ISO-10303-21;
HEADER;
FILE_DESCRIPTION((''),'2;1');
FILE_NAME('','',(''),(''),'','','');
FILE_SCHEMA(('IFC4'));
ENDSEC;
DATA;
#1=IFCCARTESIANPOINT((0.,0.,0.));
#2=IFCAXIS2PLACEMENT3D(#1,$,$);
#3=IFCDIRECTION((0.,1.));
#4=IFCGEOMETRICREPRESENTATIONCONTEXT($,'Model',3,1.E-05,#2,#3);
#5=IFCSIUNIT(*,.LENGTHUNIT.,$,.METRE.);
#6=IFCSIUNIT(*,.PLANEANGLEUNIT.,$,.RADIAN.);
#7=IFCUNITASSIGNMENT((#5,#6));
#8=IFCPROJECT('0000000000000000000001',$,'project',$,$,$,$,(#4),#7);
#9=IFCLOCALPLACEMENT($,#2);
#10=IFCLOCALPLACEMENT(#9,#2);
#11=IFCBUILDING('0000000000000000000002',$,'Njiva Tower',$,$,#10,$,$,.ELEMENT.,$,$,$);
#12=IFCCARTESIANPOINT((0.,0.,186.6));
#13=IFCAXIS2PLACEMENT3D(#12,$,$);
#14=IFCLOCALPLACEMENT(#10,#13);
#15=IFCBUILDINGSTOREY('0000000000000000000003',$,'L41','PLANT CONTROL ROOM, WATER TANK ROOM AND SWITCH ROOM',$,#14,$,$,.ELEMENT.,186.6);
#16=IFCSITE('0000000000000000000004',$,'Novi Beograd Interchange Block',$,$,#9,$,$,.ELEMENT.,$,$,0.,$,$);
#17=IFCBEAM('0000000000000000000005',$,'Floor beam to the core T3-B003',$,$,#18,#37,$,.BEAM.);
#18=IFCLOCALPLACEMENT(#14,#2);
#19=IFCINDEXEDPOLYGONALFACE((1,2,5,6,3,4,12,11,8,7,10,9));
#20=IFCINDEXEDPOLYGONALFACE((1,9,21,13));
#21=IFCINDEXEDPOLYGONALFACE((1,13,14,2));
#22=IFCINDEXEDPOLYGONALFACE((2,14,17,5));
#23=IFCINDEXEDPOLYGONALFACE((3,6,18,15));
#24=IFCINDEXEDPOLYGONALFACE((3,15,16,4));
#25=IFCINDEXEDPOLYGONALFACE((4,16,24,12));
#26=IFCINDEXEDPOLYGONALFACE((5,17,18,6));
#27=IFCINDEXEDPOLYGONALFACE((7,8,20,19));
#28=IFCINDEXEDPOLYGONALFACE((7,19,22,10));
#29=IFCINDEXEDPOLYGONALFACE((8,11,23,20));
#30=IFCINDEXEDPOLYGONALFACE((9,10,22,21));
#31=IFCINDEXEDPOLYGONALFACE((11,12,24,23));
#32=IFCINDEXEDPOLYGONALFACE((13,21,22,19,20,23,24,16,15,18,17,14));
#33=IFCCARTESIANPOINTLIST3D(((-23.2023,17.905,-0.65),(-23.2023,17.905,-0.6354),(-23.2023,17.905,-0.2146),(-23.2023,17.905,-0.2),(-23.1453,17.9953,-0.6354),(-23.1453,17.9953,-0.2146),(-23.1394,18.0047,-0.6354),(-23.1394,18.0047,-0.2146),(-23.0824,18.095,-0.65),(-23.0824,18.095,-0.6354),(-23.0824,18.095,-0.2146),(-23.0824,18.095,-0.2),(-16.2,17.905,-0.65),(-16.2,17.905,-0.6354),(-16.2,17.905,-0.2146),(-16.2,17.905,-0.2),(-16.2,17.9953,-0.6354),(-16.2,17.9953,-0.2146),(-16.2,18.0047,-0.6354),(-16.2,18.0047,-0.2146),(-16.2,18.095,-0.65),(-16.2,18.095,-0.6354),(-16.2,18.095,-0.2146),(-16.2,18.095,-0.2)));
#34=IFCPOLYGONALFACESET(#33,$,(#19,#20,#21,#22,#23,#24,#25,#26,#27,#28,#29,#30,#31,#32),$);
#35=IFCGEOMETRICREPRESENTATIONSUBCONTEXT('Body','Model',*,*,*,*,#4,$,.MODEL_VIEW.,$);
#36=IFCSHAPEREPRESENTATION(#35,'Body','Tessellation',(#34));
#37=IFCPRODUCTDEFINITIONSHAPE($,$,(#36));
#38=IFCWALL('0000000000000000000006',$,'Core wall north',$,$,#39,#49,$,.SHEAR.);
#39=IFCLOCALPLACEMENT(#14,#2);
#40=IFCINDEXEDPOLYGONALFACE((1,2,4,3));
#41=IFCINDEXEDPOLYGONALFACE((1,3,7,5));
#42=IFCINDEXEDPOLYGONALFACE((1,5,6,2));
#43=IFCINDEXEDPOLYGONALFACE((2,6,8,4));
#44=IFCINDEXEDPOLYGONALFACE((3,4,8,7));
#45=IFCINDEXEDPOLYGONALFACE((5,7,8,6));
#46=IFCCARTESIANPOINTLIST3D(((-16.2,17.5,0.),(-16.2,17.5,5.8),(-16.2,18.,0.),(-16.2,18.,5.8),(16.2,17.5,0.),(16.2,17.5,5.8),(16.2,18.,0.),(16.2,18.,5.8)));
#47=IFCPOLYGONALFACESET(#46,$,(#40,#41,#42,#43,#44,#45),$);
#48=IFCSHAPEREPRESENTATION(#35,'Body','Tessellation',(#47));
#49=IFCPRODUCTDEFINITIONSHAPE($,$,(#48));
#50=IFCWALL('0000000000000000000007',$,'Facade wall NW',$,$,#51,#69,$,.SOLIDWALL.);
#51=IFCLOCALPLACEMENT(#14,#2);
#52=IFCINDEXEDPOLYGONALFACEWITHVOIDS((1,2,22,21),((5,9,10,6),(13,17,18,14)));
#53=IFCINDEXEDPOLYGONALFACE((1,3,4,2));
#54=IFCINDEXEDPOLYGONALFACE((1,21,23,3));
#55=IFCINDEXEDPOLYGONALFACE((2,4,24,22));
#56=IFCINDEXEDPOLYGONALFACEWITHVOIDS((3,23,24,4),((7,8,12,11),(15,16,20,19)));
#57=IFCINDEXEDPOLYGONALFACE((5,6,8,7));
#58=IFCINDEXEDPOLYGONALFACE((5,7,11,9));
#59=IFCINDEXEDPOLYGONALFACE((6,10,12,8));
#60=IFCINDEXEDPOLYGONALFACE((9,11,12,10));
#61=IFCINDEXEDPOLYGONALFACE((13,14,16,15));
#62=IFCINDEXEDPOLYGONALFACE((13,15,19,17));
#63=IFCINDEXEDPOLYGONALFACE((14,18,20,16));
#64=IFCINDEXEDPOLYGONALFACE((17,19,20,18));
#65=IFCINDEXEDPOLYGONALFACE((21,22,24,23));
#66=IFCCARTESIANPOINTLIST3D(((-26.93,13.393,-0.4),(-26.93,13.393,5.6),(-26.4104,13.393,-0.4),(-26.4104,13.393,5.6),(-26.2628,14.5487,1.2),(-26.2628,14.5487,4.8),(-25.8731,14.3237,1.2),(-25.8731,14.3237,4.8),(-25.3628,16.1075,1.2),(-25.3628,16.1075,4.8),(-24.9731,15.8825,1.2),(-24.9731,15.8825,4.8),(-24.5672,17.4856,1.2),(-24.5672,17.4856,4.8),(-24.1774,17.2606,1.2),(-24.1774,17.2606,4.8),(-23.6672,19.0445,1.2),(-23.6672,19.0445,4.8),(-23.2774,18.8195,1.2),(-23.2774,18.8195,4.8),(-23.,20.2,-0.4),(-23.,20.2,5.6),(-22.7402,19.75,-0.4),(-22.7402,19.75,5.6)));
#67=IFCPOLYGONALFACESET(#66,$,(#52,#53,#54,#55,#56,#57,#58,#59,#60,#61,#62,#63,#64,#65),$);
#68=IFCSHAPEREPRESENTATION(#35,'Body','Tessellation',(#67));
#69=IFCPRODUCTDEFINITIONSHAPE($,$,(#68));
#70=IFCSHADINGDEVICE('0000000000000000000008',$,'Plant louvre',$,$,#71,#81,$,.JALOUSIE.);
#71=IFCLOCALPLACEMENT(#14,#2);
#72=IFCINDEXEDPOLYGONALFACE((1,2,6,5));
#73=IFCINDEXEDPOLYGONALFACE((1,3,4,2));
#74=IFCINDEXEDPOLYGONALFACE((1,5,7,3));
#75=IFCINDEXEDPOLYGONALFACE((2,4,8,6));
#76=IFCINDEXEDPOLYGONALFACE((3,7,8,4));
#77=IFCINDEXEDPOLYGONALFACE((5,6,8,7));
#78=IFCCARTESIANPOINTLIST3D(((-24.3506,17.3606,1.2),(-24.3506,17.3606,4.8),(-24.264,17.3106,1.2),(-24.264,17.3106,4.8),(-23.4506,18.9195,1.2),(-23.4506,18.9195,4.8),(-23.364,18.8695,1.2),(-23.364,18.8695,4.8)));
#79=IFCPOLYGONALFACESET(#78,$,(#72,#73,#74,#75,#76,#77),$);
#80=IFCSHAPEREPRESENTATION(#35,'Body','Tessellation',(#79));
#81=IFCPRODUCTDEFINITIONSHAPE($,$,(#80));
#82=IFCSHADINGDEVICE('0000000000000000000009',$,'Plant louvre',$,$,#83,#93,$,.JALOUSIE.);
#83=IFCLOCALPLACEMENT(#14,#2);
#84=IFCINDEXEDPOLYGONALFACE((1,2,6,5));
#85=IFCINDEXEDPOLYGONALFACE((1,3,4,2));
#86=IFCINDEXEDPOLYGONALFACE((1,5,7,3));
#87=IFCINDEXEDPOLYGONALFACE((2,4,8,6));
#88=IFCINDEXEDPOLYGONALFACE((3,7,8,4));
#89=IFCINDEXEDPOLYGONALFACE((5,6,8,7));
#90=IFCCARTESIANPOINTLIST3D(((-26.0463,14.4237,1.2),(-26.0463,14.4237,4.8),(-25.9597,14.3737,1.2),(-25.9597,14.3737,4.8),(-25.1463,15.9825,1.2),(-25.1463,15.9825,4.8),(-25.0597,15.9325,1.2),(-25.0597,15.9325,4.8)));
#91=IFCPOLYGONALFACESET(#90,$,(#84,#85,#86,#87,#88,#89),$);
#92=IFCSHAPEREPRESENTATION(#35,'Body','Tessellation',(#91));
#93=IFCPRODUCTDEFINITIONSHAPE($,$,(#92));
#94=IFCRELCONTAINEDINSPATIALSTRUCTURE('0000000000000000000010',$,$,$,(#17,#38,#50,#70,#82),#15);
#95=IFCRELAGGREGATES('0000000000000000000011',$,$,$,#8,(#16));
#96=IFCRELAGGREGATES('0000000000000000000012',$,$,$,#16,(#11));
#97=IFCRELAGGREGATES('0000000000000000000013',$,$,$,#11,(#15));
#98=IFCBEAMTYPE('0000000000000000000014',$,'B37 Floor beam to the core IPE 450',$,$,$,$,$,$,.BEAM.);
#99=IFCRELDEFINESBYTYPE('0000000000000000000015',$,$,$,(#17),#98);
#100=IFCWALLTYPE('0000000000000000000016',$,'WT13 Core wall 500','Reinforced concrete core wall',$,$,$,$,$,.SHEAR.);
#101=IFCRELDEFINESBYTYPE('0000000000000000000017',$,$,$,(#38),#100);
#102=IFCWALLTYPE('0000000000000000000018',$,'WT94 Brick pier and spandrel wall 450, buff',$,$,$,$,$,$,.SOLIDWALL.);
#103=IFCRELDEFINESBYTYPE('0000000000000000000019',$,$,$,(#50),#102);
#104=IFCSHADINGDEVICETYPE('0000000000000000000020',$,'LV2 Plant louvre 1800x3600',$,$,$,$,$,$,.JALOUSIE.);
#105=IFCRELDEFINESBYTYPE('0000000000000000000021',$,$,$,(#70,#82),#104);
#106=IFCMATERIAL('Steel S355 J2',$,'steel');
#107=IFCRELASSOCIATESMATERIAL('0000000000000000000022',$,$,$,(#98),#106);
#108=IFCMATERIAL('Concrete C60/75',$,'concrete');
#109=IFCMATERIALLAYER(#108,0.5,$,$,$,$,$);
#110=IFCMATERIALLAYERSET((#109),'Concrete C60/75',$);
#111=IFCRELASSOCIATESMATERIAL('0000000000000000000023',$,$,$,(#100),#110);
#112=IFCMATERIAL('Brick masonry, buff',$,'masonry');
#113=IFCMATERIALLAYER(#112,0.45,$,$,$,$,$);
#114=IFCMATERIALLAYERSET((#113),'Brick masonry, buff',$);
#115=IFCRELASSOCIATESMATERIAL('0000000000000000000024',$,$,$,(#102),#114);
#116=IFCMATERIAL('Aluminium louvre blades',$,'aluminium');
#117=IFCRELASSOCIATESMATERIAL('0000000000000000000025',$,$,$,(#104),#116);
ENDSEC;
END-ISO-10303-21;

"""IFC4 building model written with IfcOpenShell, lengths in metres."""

from ifc_helpers import new_model, si_unit, direction, frame, frame_2d, origin, origin_2d, place, context, subcontext, project, spatial, polyline, rectangle, i_section, outline, extrude, clip, halfspace, material, layer, layer_set, material_profile, profile_set, type_object, element, fill, save


model = new_model("IFC4")

# Units and contexts
model_context = context("Model", 3, precision=1e-05, world=origin(), true_north=direction((0.0, 1.0)))
body_context = subcontext(model_context, "Body", "Model", "MODEL_VIEW")
ifc_project = project(units=[si_unit("LENGTHUNIT", "METRE"), si_unit("PLANEANGLEUNIT", "RADIAN")], contexts=[model_context])

# Site, building, storey
site_placement = place(None, origin())
site = spatial("IfcSite", under=ifc_project, at=site_placement, Name="Novi Beograd Interchange Block", CompositionType="ELEMENT", RefElevation=0.0)
building_placement = place(site_placement, origin())
building = spatial("IfcBuilding", under=site, at=building_placement, Name="Njiva Tower", CompositionType="ELEMENT")
storey_placement = place(building_placement, frame((0.0, 0.0, 186.6)))
storey = spatial("IfcBuildingStorey", under=building, at=storey_placement, Name="L41", Description="PLANT CONTROL ROOM, WATER TANK ROOM AND SWITCH ROOM", CompositionType="ELEMENT", Elevation=186.6)

# Shared definitions
ifc_material_1 = material(Name="Steel S355 J2", Category="steel")

# Beam
ifc_material_profile_1 = material_profile(ifc_material_1, i_section(OverallWidth=0.19, OverallDepth=0.45, WebThickness=0.0094, FlangeThickness=0.0146, at=origin_2d()), Name="IPE 450")
ifc_profile_set_1 = profile_set([ifc_material_profile_1], Name="Steel S355 J2")
beam_type_1 = type_object("IfcBeamType", Name="B37 Floor beam to the core IPE 450", PredefinedType="BEAM", material=ifc_profile_set_1)
beam_1_placement = place(storey_placement, frame((-23.222, 18.0, -0.425), z_axis=(1.0, 0.0, 0.0), x_axis=(0.0, 1.0, 0.0)))
element("IfcBeam", 1, at=beam_1_placement, inside=storey, type_object=beam_type_1, Name="Floor beam to the core T3-B003", PredefinedType="BEAM", context=body_context, shape_type="Clipping", body=[
    clip(extrude(i_section(OverallWidth=0.19, OverallDepth=0.45, WebThickness=0.0094, FlangeThickness=0.0146, at=origin_2d()), origin(), (0.0, 0.0, 1.0), 7.022), halfspace(frame((0.0267, 0.0, 0.0965), z_axis=(0.53358, 0.0, -0.84575), x_axis=(0.0, -1.0, 0.0)), False)),
])

# Wall
ifc_material_2 = material(Name="Concrete C60/75", Category="concrete")
ifc_layer_1 = layer(ifc_material_2, 0.5)
ifc_layer_set_1 = layer_set([ifc_layer_1], Name="Concrete C60/75")
wall_type_1 = type_object("IfcWallType", Name="WT13 Core wall 500", Description="Reinforced concrete core wall", PredefinedType="SHEAR", material=ifc_layer_set_1)
wall_1_placement = place(storey_placement, frame((-16.2, 17.75, 0.0), z_axis=(0.0, 0.0, 1.0), x_axis=(1.0, 0.0, 0.0)))
element("IfcWall", 2, at=wall_1_placement, inside=storey, type_object=wall_type_1, Name="Core wall north", PredefinedType="SHEAR", context=body_context, shape_type="SweptSolid", body=[
    extrude(rectangle(XDim=32.4, YDim=0.5, at=frame_2d((16.2, 0.0))), origin(), (0.0, 0.0, 1.0), 5.8),
])

# Wall, openings, shading devices
ifc_material_3 = material(Name="Brick masonry, buff", Category="masonry")
ifc_layer_2 = layer(ifc_material_3, 0.45)
ifc_layer_set_2 = layer_set([ifc_layer_2], Name="Brick masonry, buff")
wall_type_2 = type_object("IfcWallType", Name="WT94 Brick pier and spandrel wall 450, buff", PredefinedType="SOLIDWALL", material=ifc_layer_set_2)
wall_2_placement = place(storey_placement, frame((-22.8701, 19.975, -0.4), z_axis=(0.0, 0.0, 1.0), x_axis=(-0.499998, -0.866027, 0.0)))
wall_2 = element("IfcWall", 3, at=wall_2_placement, inside=storey, type_object=wall_type_2, Name="Facade wall NW", PredefinedType="SOLIDWALL", context=body_context, shape_type="SweptSolid", body=[
    extrude(outline(polyline([(-0.1299, -0.225), (7.7301, -0.225), (7.4703, 0.225), (0.1299, 0.225), (-0.1299, -0.225)])), origin(), (0.0, 0.0, 1.0), 6.0),
])
opening_1_placement = place(wall_2_placement, frame((1.2044, 0.0, 1.6)))
opening_1 = element("IfcOpeningElement", 4, at=opening_1_placement, cuts=wall_2, PredefinedType="OPENING", context=body_context, shape_type="SweptSolid", body=[
    extrude(rectangle(XDim=1.8, YDim=3.6, at=frame_2d((0.9, 1.8))), frame((0.0, 0.235, 0.0), z_axis=(0.0, -1.0, 0.0), x_axis=(1.0, 0.0, 0.0)), (0.0, 0.0, 1.0), 0.47),
])
opening_2_placement = place(wall_2_placement, frame((4.5957, 0.0, 1.6)))
opening_2 = element("IfcOpeningElement", 5, at=opening_2_placement, cuts=wall_2, PredefinedType="OPENING", context=body_context, shape_type="SweptSolid", body=[
    extrude(rectangle(XDim=1.8, YDim=3.6, at=frame_2d((0.9, 1.8))), frame((0.0, 0.235, 0.0), z_axis=(0.0, -1.0, 0.0), x_axis=(1.0, 0.0, 0.0)), (0.0, 0.0, 1.0), 0.47),
])
ifc_material_4 = material(Name="Aluminium louvre blades", Category="aluminium")
shading_device_type = type_object("IfcShadingDeviceType", Name="LV2 Plant louvre 1800x3600", PredefinedType="JALOUSIE", material=ifc_material_4)
shading_device_1_placement = place(opening_1_placement, origin())
shading_device_1 = element("IfcShadingDevice", 6, at=shading_device_1_placement, inside=storey, type_object=shading_device_type, Name="Plant louvre", PredefinedType="JALOUSIE", context=body_context, shape_type="SweptSolid", body=[
    extrude(rectangle(XDim=1.8, YDim=3.6, at=frame_2d((0.9, 1.8))), frame((0.0, 0.125, 0.0), z_axis=(0.0, -1.0, 0.0), x_axis=(1.0, 0.0, 0.0)), (0.0, 0.0, 1.0), 0.1),
])
fill(opening_1, shading_device_1)
shading_device_2_placement = place(opening_2_placement, origin())
shading_device_2 = element("IfcShadingDevice", 7, at=shading_device_2_placement, inside=storey, type_object=shading_device_type, Name="Plant louvre", PredefinedType="JALOUSIE", context=body_context, shape_type="SweptSolid", body=[
    extrude(rectangle(XDim=1.8, YDim=3.6, at=frame_2d((0.9, 1.8))), frame((0.0, 0.125, 0.0), z_axis=(0.0, -1.0, 0.0), x_axis=(1.0, 0.0, 0.0)), (0.0, 0.0, 1.0), 0.1),
])
fill(opening_2, shading_device_2)

save(model, "model.ifc")
